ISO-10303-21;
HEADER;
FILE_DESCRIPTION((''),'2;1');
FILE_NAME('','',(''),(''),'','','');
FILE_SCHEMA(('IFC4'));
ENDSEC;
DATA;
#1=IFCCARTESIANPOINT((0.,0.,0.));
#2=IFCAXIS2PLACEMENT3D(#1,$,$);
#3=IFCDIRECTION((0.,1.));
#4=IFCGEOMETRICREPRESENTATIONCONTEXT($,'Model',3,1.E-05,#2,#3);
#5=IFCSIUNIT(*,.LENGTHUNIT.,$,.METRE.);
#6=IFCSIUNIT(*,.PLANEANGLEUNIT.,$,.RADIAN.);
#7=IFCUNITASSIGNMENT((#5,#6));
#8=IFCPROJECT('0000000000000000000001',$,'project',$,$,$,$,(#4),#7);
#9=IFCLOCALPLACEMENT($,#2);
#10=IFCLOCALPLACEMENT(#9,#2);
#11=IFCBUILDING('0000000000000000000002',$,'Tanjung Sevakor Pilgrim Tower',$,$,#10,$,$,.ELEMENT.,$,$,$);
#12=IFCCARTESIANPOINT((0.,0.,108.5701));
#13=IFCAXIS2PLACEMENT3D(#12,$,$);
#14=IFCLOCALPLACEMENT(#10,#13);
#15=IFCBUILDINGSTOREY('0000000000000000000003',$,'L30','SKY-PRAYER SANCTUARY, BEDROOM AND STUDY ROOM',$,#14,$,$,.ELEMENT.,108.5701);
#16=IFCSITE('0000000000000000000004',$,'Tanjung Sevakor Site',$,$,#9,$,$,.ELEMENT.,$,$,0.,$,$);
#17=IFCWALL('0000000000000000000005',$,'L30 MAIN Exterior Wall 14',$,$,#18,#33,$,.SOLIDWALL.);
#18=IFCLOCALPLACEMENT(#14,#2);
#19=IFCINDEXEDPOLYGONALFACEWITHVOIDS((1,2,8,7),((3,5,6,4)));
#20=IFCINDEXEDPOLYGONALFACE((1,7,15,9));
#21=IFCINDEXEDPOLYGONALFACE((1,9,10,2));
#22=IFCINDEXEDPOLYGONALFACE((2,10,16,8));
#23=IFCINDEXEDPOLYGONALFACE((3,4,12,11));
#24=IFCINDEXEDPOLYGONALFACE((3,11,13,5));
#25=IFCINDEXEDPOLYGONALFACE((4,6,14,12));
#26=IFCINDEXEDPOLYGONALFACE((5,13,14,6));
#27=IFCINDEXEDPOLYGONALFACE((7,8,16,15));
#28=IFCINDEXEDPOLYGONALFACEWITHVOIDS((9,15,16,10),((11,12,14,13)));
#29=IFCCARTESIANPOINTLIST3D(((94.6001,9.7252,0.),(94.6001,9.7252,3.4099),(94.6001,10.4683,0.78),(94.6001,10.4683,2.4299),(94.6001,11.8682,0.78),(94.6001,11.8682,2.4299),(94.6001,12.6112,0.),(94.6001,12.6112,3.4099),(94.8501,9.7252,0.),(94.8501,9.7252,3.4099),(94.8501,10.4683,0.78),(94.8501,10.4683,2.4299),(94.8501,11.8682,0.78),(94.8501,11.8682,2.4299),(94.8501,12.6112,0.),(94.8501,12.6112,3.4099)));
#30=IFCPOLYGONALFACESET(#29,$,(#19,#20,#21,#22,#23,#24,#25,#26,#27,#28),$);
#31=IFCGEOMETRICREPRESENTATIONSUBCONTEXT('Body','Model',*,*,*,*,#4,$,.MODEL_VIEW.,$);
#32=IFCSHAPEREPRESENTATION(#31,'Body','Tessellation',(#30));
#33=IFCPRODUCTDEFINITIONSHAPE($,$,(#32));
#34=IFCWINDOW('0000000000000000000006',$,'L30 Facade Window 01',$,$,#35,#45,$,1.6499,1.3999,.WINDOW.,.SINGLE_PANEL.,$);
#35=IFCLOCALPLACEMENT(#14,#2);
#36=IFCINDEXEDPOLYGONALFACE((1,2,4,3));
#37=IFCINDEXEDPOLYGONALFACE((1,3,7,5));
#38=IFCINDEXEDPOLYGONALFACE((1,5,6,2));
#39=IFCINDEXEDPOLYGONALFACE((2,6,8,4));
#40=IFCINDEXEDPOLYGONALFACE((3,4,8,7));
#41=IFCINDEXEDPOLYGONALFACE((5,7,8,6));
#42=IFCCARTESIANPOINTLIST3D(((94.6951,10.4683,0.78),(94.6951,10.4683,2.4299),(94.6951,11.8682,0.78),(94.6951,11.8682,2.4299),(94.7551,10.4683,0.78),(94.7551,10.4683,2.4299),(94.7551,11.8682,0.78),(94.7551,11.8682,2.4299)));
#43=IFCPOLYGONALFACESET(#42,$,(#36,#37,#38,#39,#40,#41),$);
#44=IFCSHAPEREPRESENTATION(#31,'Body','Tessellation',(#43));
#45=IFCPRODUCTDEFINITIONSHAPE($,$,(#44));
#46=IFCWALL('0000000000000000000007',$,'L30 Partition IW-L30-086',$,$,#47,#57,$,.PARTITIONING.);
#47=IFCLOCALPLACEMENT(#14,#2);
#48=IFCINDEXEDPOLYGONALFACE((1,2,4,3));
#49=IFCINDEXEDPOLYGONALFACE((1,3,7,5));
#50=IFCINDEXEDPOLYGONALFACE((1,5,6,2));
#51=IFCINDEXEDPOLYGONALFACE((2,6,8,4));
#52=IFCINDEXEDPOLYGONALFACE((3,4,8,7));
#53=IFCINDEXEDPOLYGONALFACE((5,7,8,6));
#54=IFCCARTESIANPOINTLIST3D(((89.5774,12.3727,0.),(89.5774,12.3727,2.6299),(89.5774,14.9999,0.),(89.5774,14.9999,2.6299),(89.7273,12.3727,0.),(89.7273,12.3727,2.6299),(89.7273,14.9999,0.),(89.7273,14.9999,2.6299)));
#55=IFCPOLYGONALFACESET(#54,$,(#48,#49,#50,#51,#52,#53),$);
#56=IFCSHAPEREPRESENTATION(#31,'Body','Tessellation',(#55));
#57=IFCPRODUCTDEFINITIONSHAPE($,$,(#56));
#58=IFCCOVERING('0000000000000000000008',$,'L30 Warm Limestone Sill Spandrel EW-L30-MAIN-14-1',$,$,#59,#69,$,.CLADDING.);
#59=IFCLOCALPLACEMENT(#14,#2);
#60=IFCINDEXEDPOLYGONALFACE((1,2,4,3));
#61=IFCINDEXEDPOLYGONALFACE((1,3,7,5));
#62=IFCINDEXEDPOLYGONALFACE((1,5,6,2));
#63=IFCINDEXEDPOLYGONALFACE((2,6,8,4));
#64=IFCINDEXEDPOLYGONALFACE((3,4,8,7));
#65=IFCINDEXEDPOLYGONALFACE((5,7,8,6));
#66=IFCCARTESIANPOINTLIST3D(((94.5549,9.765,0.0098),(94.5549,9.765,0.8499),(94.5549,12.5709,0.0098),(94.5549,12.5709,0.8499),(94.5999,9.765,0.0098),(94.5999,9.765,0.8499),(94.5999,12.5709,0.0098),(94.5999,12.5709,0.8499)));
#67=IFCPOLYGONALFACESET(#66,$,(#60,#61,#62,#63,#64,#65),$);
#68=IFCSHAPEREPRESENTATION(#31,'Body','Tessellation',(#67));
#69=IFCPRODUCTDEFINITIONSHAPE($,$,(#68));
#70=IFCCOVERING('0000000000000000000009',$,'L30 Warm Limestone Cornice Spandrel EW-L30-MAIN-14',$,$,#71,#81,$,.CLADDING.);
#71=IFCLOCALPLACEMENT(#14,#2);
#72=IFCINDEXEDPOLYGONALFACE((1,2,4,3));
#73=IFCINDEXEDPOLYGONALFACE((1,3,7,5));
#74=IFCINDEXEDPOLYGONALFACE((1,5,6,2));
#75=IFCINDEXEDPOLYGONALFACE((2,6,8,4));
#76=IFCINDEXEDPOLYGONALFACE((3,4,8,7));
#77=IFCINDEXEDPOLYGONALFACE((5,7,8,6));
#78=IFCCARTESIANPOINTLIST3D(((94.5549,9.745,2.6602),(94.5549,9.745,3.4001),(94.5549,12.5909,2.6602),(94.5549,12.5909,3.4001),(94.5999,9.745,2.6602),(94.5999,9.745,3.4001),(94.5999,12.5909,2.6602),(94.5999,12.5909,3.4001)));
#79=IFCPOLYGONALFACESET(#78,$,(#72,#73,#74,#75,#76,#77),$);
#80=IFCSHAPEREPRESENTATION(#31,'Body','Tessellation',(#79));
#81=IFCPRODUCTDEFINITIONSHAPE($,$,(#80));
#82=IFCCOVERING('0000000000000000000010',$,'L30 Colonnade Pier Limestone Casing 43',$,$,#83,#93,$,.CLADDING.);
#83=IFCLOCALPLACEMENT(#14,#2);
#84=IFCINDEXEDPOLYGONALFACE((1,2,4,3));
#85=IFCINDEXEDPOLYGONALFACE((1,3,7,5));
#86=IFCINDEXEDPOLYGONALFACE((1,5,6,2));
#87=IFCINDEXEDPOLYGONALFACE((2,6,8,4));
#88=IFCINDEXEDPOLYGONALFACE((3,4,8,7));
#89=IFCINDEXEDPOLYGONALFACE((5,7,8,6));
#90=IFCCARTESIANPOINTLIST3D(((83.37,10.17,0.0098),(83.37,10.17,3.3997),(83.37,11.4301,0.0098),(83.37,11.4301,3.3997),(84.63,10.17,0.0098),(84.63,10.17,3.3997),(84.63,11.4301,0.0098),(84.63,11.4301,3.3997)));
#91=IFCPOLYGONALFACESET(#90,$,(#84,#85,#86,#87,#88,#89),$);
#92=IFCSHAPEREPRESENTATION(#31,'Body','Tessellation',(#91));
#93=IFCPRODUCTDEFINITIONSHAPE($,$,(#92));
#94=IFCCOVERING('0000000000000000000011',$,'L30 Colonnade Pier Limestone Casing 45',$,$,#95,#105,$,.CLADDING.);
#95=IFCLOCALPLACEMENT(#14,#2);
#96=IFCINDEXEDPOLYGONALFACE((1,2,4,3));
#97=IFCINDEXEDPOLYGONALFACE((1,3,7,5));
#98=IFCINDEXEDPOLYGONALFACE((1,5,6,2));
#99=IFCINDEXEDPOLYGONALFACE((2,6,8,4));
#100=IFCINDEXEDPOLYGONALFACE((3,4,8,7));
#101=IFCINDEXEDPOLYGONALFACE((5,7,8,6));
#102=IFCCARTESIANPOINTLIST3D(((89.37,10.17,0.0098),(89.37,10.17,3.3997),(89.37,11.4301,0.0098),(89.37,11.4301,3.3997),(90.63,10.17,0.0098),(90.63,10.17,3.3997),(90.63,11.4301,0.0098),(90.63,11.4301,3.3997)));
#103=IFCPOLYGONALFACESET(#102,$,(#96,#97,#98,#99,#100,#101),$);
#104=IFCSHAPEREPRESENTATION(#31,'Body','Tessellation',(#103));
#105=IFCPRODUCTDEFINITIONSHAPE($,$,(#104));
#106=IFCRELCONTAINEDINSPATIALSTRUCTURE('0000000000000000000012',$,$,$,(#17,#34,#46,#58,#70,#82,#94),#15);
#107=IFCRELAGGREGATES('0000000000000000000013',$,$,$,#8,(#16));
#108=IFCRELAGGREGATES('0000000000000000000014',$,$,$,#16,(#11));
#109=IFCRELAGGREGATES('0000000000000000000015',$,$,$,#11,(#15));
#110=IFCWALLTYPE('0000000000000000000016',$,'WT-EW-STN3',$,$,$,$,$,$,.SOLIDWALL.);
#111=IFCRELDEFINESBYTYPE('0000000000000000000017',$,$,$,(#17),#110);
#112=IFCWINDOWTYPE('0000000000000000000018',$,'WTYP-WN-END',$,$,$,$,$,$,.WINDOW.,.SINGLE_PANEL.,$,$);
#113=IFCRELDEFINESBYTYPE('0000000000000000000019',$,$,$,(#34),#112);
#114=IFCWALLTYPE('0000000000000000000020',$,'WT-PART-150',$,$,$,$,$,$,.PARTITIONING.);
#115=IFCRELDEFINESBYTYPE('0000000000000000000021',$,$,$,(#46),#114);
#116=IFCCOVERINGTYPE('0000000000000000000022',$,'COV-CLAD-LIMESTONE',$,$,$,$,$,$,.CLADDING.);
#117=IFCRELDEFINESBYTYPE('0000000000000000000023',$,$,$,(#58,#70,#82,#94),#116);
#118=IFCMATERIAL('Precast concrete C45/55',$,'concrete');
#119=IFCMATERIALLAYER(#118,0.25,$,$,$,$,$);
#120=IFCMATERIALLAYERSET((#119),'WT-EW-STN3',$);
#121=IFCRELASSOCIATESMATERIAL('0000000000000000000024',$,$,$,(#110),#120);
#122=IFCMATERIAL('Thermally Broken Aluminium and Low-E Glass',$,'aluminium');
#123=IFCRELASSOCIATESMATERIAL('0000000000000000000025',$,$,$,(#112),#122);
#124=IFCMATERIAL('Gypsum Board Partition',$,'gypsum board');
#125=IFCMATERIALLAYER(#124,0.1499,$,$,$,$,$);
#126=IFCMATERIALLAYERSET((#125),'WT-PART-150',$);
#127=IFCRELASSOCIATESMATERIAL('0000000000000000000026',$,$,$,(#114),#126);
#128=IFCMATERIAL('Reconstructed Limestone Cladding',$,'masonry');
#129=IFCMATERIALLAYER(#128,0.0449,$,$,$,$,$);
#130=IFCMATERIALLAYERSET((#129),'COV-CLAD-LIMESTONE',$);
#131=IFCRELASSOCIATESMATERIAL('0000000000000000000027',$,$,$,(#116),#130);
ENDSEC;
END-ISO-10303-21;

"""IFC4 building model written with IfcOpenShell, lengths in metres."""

from ifc_helpers import new_model, si_unit, direction, frame, frame_2d, origin, origin_2d, place, context, subcontext, project, spatial, rectangle, extrude, material, layer, layer_set, type_object, element, fill, save


model = new_model("IFC4")

# Units and contexts
model_context = context("Model", 3, precision=1e-05, world=origin(), true_north=direction((0.0, 1.0)))
body_context = subcontext(model_context, "Body", "Model", "MODEL_VIEW")
ifc_project = project(units=[si_unit("LENGTHUNIT", "METRE"), si_unit("PLANEANGLEUNIT", "RADIAN")], contexts=[model_context])

# Site, building, storey
site_placement = place(None, origin())
site = spatial("IfcSite", under=ifc_project, at=site_placement, Name="Tanjung Sevakor Site", CompositionType="ELEMENT", RefElevation=0.0)
building_placement = place(site_placement, origin())
building = spatial("IfcBuilding", under=site, at=building_placement, Name="Tanjung Sevakor Pilgrim Tower", CompositionType="ELEMENT")
storey_placement = place(building_placement, frame((0.0, 0.0, 108.5701)))
storey = spatial("IfcBuildingStorey", under=building, at=storey_placement, Name="L30", Description="SKY-PRAYER SANCTUARY, BEDROOM AND STUDY ROOM", CompositionType="ELEMENT", Elevation=108.5701)

# Wall, opening, window
ifc_material_1 = material(Name="Precast concrete C45/55", Category="concrete")
ifc_layer_1 = layer(ifc_material_1, 0.25)
ifc_layer_set_1 = layer_set([ifc_layer_1], Name="WT-EW-STN3")
wall_type_1 = type_object("IfcWallType", Name="WT-EW-STN3", PredefinedType="SOLIDWALL", material=ifc_layer_set_1)
wall_1_placement = place(storey_placement, frame((94.7251, 12.6111, 0.0), z_axis=(0.0, 0.0, 1.0), x_axis=(0.0, -1.0, 0.0)))
wall_1 = element("IfcWall", 1, at=wall_1_placement, inside=storey, type_object=wall_type_1, Name="L30 MAIN Exterior Wall 14", PredefinedType="SOLIDWALL", context=body_context, shape_type="SweptSolid", body=[
    extrude(rectangle(XDim=2.886, YDim=0.25, at=frame_2d((1.4429, 0.0))), origin(), (0.0, 0.0, 1.0), 3.4099),
])
opening_placement = place(wall_1_placement, frame((0.7429, 0.0, 0.78)))
opening = element("IfcOpeningElement", 2, at=opening_placement, cuts=wall_1, PredefinedType="OPENING", context=body_context, shape_type="SweptSolid", body=[
    extrude(rectangle(XDim=1.3999, YDim=1.6499, at=frame_2d((0.7, 0.825))), frame((0.0, 0.135, 0.0), z_axis=(0.0, -1.0, 0.0), x_axis=(1.0, 0.0, 0.0)), (0.0, 0.0, 1.0), 0.27),
])
ifc_material_2 = material(Name="Thermally Broken Aluminium and Low-E Glass", Category="aluminium")
window_type = type_object("IfcWindowType", Name="WTYP-WN-END", PartitioningType="SINGLE_PANEL", PredefinedType="WINDOW", material=ifc_material_2)
window_placement = place(opening_placement, origin())
window = element("IfcWindow", 3, at=window_placement, inside=storey, type_object=window_type, Name="L30 Facade Window 01", OverallHeight=1.6499, OverallWidth=1.3999, PartitioningType="SINGLE_PANEL", PredefinedType="WINDOW", context=body_context, shape_type="SweptSolid", body=[
    extrude(rectangle(XDim=1.3999, YDim=1.6499, at=frame_2d((0.7, 0.825))), frame((0.0, 0.03, 0.0), z_axis=(0.0, -1.0, 0.0), x_axis=(1.0, 0.0, 0.0)), (0.0, 0.0, 1.0), 0.0601),
])
fill(opening, window)

# Wall
ifc_material_3 = material(Name="Gypsum Board Partition", Category="gypsum board")
ifc_layer_2 = layer(ifc_material_3, 0.1499)
ifc_layer_set_2 = layer_set([ifc_layer_2], Name="WT-PART-150")
wall_type_2 = type_object("IfcWallType", Name="WT-PART-150", PredefinedType="PARTITIONING", material=ifc_layer_set_2)
wall_2_placement = place(storey_placement, frame((89.6523, 12.3728, 0.0), z_axis=(0.0, 0.0, 1.0), x_axis=(0.0, 1.0, 0.0)))
element("IfcWall", 4, at=wall_2_placement, inside=storey, type_object=wall_type_2, Name="L30 Partition IW-L30-086", PredefinedType="PARTITIONING", context=body_context, shape_type="SweptSolid", body=[
    extrude(rectangle(XDim=2.6272, YDim=0.1499, at=frame_2d((1.3135, 0.0))), origin(), (0.0, 0.0, 1.0), 2.6299),
])

# Coverings
ifc_material_4 = material(Name="Reconstructed Limestone Cladding", Category="masonry")
ifc_layer_3 = layer(ifc_material_4, 0.0449)
ifc_layer_set_3 = layer_set([ifc_layer_3], Name="COV-CLAD-LIMESTONE")
covering_type = type_object("IfcCoveringType", Name="COV-CLAD-LIMESTONE", PredefinedType="CLADDING", material=ifc_layer_set_3)
covering_1_placement = place(storey_placement, frame((94.5774, 11.168, 0.0098), z_axis=(0.0, 0.0, 1.0), x_axis=(0.0, -1.0, 0.0)))
element("IfcCovering", 5, at=covering_1_placement, inside=storey, type_object=covering_type, Name="L30 Warm Limestone Sill Spandrel EW-L30-MAIN-14-1", PredefinedType="CLADDING", context=body_context, shape_type="SweptSolid", body=[
    extrude(rectangle(XDim=2.8059, YDim=0.0449, at=origin_2d()), origin(), (0.0, 0.0, 1.0), 0.8401),
])
covering_2_placement = place(storey_placement, frame((94.5774, 11.168, 2.6602), z_axis=(0.0, 0.0, 1.0), x_axis=(0.0, -1.0, 0.0)))
element("IfcCovering", 6, at=covering_2_placement, inside=storey, type_object=covering_type, Name="L30 Warm Limestone Cornice Spandrel EW-L30-MAIN-14", PredefinedType="CLADDING", context=body_context, shape_type="SweptSolid", body=[
    extrude(rectangle(XDim=2.8459, YDim=0.0449, at=origin_2d()), origin(), (0.0, 0.0, 1.0), 0.74),
])
for number, where, z_axis, x_axis, name in (
    (7, (84.0, 10.8, 0.0098), (0.0, 0.0, 1.0), (1.0, 0.0, 0.0), "L30 Colonnade Pier Limestone Casing 43"),
    (8, (90.0, 10.8, 0.0098), (0.0, 0.0, 1.0), (1.0, 0.0, 0.0), "L30 Colonnade Pier Limestone Casing 45"),
):
    element("IfcCovering", number, at=place(storey_placement, frame(where, z_axis=z_axis, x_axis=x_axis)), inside=storey, type_object=covering_type, Name=name, PredefinedType="CLADDING", context=body_context, shape_type="SweptSolid", body=[
        extrude(rectangle(XDim=1.26, YDim=1.26, at=origin_2d()), origin(), (0.0, 0.0, 1.0), 3.3899),
    ])

save(model, "model.ifc")
